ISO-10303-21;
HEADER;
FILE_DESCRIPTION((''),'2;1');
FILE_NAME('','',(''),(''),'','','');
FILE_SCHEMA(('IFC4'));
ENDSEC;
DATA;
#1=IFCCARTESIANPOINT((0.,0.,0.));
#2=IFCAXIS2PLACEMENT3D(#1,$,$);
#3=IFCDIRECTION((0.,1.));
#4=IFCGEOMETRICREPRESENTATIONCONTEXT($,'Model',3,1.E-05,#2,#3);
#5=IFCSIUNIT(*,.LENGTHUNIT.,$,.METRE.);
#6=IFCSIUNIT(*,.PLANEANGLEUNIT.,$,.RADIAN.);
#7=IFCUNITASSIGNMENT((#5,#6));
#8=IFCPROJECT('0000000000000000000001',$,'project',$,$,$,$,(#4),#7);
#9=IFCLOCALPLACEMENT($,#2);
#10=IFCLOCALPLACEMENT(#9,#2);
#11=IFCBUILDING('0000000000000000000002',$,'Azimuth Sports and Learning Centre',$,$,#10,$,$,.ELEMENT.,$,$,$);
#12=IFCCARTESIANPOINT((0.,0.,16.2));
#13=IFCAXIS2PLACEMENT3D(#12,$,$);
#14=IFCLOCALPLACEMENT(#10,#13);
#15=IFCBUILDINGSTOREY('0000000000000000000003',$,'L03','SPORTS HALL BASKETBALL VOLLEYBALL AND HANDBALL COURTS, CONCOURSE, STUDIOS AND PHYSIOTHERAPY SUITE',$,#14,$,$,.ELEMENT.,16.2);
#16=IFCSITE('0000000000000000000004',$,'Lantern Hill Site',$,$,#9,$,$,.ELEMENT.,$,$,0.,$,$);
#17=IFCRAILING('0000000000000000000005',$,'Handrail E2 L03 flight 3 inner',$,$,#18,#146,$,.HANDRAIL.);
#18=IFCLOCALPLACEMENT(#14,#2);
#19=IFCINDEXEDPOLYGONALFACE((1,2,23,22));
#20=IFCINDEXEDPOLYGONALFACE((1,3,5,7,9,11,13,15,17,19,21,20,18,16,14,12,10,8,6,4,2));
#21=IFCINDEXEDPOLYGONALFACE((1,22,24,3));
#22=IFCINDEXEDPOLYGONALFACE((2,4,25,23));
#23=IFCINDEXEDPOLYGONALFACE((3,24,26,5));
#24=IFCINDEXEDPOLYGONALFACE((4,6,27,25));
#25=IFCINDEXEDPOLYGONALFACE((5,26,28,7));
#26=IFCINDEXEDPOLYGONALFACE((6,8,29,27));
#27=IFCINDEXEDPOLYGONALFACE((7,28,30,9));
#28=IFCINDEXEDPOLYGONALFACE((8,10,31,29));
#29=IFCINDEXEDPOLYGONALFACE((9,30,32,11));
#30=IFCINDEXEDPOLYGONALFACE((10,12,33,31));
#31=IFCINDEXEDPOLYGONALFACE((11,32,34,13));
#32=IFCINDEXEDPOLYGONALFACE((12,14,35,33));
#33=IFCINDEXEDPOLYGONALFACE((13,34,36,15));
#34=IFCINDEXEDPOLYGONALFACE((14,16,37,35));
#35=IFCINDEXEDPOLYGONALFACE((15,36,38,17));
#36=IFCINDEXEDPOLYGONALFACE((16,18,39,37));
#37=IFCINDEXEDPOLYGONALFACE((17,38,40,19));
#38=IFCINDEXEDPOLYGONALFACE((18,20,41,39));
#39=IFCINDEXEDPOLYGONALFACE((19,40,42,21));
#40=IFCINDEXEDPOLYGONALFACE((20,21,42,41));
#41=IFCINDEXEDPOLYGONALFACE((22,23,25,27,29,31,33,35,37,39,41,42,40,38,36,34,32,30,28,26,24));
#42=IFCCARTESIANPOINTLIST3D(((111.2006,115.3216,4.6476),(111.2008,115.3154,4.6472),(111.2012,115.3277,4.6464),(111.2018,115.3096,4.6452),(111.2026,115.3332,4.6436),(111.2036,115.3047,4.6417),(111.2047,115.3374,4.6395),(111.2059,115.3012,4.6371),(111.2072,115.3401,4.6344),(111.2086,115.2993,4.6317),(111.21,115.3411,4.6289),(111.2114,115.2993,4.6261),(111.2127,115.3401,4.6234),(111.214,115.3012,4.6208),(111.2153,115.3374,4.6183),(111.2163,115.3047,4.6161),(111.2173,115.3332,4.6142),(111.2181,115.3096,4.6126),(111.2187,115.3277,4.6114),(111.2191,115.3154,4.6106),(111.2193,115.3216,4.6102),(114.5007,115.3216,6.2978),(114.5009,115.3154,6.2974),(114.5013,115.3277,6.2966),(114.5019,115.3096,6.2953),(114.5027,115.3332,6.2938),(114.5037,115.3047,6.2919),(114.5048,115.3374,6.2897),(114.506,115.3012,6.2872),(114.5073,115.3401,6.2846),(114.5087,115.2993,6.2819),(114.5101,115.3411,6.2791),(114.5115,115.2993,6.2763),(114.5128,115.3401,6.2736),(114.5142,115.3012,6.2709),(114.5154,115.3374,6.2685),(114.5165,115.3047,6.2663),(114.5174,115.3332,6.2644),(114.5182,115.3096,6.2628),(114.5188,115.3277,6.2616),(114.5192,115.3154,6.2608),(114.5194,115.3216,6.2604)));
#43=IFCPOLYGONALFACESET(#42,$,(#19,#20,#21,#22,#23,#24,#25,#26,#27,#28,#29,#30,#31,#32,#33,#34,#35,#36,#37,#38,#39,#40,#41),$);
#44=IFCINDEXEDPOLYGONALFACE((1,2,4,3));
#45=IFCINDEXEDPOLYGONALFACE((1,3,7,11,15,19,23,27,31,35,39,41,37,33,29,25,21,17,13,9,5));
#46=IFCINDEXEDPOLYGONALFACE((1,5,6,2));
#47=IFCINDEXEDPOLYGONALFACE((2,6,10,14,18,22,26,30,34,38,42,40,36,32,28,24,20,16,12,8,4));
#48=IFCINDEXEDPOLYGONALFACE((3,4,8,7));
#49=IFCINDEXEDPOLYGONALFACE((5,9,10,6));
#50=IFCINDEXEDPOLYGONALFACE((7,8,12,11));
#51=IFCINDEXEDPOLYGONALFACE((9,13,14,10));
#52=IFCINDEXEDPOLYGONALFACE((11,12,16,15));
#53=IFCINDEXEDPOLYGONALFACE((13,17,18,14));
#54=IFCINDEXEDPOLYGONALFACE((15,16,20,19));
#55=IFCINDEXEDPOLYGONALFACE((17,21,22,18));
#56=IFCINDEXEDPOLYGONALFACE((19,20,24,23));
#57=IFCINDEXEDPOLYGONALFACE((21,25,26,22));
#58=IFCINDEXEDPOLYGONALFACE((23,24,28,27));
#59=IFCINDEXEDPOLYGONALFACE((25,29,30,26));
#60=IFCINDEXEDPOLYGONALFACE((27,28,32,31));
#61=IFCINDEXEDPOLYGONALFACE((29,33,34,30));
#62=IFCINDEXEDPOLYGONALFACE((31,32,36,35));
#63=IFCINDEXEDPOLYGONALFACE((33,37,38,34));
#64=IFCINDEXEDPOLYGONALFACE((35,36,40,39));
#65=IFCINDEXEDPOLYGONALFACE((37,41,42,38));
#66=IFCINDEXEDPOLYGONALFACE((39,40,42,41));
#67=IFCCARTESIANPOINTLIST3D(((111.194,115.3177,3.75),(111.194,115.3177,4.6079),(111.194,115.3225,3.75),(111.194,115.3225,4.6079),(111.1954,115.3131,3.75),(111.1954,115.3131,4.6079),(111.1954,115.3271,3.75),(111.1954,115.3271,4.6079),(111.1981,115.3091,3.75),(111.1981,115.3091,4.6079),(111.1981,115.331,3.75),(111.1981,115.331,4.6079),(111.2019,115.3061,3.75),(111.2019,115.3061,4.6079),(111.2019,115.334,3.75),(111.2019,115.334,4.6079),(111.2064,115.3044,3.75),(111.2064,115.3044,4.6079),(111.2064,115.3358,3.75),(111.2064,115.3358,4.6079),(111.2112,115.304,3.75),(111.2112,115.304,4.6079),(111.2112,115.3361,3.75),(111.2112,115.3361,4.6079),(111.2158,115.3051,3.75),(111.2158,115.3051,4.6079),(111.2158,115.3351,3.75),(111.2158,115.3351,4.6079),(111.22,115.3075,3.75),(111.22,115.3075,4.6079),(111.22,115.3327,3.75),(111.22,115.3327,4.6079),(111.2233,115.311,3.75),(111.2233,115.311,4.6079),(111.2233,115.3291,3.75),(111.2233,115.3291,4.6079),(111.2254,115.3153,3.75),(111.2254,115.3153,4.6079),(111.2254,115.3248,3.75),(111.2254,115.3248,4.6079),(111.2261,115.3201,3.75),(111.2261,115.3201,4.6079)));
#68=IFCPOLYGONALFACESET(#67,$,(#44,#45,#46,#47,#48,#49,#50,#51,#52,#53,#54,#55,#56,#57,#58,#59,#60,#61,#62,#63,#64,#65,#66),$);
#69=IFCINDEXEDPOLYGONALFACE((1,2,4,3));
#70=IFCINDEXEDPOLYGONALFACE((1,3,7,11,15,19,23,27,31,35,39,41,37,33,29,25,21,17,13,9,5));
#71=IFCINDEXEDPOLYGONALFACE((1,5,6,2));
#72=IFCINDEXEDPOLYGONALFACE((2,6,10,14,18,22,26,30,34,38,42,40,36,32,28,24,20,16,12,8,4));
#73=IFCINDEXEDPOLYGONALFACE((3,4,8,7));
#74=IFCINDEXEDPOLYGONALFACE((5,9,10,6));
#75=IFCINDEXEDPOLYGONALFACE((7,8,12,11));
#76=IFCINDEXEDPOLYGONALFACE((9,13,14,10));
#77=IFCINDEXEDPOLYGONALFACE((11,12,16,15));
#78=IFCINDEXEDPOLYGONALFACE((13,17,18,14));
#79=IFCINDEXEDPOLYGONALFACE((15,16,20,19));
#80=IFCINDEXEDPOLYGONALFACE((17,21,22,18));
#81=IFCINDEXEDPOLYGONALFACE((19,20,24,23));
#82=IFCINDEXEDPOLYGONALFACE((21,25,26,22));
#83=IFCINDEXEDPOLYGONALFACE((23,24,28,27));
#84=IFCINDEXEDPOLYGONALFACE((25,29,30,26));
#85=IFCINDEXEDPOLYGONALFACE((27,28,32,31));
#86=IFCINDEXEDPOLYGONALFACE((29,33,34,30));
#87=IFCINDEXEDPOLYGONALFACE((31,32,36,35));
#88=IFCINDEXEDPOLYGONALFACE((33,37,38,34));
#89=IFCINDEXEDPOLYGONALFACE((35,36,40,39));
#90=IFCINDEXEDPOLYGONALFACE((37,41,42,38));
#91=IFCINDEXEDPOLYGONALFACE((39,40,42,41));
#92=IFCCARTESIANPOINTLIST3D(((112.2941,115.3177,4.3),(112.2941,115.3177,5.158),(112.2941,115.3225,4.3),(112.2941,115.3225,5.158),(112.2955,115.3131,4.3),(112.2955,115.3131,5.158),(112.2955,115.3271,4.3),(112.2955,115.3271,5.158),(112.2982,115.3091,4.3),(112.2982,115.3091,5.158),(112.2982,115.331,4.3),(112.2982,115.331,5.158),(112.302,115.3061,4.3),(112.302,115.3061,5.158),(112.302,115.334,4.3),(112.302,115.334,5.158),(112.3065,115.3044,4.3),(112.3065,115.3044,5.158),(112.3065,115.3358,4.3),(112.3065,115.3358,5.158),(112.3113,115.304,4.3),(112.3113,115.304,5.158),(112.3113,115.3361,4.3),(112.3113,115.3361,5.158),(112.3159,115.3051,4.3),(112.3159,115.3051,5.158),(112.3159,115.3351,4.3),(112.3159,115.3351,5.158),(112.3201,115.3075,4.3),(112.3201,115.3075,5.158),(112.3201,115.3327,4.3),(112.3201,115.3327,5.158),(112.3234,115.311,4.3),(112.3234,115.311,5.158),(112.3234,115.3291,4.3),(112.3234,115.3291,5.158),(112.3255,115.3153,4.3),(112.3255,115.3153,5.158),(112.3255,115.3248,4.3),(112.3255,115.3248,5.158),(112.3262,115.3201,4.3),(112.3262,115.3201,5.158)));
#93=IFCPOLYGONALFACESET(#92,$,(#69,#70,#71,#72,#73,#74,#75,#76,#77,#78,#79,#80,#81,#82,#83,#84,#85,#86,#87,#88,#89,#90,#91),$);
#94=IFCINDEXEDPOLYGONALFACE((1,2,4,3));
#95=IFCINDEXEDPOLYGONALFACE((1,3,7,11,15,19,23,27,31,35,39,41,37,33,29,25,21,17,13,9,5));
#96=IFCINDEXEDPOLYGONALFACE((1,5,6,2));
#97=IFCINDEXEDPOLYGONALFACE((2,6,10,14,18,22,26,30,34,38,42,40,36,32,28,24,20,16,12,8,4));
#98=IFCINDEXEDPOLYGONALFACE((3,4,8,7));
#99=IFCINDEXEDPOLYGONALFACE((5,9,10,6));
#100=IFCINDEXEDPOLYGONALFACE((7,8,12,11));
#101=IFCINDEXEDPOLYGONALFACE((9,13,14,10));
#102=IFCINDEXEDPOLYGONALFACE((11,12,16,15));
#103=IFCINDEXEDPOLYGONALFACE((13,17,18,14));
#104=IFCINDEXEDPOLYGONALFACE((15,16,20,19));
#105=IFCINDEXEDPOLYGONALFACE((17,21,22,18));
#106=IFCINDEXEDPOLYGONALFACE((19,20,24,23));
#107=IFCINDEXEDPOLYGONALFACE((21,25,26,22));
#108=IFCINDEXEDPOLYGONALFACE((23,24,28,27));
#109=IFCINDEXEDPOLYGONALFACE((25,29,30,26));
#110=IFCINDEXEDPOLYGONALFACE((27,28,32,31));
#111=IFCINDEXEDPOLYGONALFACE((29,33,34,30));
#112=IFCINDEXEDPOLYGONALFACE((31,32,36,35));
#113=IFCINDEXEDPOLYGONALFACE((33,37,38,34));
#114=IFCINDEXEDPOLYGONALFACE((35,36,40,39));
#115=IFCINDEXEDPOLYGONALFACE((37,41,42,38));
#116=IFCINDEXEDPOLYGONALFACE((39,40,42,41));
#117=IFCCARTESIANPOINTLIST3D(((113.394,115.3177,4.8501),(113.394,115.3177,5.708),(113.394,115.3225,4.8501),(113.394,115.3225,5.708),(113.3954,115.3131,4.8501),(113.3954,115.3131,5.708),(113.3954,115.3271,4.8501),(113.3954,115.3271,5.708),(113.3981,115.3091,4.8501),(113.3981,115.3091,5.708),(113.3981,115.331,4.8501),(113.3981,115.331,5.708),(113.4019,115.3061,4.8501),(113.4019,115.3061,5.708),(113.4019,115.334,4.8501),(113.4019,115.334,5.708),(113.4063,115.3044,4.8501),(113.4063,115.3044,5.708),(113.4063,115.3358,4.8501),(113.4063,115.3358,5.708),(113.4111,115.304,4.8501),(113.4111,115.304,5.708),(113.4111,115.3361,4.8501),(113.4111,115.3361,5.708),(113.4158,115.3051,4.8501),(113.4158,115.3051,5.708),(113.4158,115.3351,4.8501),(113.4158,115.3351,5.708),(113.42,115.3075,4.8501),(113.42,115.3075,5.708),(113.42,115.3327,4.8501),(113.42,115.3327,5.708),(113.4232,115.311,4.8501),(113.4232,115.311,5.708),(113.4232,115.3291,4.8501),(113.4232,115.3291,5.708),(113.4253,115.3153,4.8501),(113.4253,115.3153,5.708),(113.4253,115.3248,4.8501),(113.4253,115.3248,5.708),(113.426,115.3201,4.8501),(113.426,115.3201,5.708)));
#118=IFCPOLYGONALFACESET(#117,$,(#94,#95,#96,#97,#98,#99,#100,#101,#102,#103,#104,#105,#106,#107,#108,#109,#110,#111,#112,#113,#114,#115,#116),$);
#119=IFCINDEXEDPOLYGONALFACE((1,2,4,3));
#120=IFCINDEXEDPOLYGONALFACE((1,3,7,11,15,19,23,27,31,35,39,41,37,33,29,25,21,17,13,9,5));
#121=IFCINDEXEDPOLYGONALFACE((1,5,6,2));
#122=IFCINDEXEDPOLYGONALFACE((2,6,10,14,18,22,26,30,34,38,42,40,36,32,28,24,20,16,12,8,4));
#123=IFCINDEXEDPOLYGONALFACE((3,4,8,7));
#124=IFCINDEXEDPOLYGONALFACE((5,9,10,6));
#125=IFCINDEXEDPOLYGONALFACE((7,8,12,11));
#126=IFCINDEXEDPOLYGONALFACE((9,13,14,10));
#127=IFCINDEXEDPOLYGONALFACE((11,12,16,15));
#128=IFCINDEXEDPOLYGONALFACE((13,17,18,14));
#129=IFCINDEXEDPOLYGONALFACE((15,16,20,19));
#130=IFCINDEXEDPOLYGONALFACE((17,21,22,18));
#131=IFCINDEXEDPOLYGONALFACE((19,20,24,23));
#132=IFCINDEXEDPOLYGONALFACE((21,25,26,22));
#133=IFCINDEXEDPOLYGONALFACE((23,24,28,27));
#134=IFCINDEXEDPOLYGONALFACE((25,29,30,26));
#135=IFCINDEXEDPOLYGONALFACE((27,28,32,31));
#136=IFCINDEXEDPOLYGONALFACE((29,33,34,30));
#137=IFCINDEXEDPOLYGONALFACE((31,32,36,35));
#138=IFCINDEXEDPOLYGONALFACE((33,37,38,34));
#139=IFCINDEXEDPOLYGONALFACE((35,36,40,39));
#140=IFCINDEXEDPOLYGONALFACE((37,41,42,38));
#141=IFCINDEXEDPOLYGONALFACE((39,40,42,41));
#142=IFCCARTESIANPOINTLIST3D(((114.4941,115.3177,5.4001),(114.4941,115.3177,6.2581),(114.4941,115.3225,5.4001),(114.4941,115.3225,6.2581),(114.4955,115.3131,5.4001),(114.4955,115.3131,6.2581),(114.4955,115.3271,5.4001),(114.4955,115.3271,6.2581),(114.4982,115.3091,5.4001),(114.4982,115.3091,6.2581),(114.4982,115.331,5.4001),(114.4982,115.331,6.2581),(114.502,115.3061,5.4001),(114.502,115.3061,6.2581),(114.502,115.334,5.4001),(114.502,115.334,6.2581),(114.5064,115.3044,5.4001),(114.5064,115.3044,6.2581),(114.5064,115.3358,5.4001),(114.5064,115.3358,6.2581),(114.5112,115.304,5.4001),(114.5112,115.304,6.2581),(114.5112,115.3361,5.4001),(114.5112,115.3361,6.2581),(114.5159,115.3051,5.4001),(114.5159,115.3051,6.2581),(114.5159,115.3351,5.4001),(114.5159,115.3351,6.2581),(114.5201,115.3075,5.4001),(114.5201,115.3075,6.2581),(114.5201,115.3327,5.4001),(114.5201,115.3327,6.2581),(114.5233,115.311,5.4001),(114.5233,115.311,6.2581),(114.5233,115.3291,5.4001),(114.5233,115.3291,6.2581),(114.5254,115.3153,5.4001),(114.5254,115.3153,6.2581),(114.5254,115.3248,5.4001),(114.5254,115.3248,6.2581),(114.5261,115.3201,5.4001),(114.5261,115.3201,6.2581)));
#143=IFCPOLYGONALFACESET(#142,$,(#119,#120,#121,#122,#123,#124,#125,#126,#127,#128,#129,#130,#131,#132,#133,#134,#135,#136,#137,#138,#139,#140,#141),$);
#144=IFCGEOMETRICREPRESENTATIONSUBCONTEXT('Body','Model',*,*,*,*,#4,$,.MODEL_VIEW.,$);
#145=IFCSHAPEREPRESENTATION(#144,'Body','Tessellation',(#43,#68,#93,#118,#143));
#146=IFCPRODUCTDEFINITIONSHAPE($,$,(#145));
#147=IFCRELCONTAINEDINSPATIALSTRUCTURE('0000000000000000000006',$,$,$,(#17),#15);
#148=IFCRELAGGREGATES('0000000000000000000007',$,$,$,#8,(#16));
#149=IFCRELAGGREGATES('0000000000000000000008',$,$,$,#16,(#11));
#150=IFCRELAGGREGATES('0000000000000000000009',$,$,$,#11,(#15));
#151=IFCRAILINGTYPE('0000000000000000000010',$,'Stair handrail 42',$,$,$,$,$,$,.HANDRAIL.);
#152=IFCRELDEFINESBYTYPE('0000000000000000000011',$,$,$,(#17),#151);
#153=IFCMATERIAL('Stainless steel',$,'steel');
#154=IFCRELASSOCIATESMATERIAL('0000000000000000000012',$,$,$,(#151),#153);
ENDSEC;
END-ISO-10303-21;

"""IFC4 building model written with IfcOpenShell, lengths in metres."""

from ifc_helpers import new_model, si_unit, direction, frame, origin, origin_2d, place, context, subcontext, project, spatial, circle, extrude, material, type_object, element, save


model = new_model("IFC4")

# Units and contexts
model_context = context("Model", 3, precision=1e-05, world=origin(), true_north=direction((0.0, 1.0)))
body_context = subcontext(model_context, "Body", "Model", "MODEL_VIEW")
ifc_project = project(units=[si_unit("LENGTHUNIT", "METRE"), si_unit("PLANEANGLEUNIT", "RADIAN")], contexts=[model_context])

# Site, building, storey
site_placement = place(None, origin())
site = spatial("IfcSite", under=ifc_project, at=site_placement, Name="Lantern Hill Site", CompositionType="ELEMENT", RefElevation=0.0)
building_placement = place(site_placement, origin())
building = spatial("IfcBuilding", under=site, at=building_placement, Name="Azimuth Sports and Learning Centre", CompositionType="ELEMENT")
storey_placement = place(building_placement, frame((0.0, 0.0, 16.2)))
storey = spatial("IfcBuildingStorey", under=building, at=storey_placement, Name="L03", Description="SPORTS HALL BASKETBALL VOLLEYBALL AND HANDBALL COURTS, CONCOURSE, STUDIOS AND PHYSIOTHERAPY SUITE", CompositionType="ELEMENT", Elevation=16.2)

# Railing
ifc_material_1 = material(Name="Stainless steel", Category="steel")
railing_type_1 = type_object("IfcRailingType", Name="Stair handrail 42", PredefinedType="HANDRAIL", material=ifc_material_1)
for number, where, name in (
    (1, (111.21, 115.3201, 3.75), "Handrail E2 L03 flight 3 inner"),
):
    element("IfcRailing", number, at=place(storey_placement, frame(where)), inside=storey, type_object=railing_type_1, Name=name, PredefinedType="HANDRAIL", context=body_context, shape_type="SweptSolid", body=[
        extrude(circle(Radius=0.021, at=origin_2d()), frame((0.0, 0.0, 0.8789), z_axis=(0.894414, 0.0, 0.44724), x_axis=(0.0, 1.0, 0.0)), (0.0, 0.0, 1.0), 3.6897),
        extrude(circle(Radius=0.0161, at=origin_2d()), origin(), (0.0, 0.0, 1.0), 0.8579),
        extrude(circle(Radius=0.0161, at=origin_2d()), frame((1.1001, 0.0, 0.55)), (0.0, 0.0, 1.0), 0.8579),
        extrude(circle(Radius=0.0161, at=origin_2d()), frame((2.2, 0.0, 1.1001)), (0.0, 0.0, 1.0), 0.8579),
        extrude(circle(Radius=0.0161, at=origin_2d()), frame((3.3, 0.0, 1.6501)), (0.0, 0.0, 1.0), 0.8579),
    ])

save(model, "model.ifc")
